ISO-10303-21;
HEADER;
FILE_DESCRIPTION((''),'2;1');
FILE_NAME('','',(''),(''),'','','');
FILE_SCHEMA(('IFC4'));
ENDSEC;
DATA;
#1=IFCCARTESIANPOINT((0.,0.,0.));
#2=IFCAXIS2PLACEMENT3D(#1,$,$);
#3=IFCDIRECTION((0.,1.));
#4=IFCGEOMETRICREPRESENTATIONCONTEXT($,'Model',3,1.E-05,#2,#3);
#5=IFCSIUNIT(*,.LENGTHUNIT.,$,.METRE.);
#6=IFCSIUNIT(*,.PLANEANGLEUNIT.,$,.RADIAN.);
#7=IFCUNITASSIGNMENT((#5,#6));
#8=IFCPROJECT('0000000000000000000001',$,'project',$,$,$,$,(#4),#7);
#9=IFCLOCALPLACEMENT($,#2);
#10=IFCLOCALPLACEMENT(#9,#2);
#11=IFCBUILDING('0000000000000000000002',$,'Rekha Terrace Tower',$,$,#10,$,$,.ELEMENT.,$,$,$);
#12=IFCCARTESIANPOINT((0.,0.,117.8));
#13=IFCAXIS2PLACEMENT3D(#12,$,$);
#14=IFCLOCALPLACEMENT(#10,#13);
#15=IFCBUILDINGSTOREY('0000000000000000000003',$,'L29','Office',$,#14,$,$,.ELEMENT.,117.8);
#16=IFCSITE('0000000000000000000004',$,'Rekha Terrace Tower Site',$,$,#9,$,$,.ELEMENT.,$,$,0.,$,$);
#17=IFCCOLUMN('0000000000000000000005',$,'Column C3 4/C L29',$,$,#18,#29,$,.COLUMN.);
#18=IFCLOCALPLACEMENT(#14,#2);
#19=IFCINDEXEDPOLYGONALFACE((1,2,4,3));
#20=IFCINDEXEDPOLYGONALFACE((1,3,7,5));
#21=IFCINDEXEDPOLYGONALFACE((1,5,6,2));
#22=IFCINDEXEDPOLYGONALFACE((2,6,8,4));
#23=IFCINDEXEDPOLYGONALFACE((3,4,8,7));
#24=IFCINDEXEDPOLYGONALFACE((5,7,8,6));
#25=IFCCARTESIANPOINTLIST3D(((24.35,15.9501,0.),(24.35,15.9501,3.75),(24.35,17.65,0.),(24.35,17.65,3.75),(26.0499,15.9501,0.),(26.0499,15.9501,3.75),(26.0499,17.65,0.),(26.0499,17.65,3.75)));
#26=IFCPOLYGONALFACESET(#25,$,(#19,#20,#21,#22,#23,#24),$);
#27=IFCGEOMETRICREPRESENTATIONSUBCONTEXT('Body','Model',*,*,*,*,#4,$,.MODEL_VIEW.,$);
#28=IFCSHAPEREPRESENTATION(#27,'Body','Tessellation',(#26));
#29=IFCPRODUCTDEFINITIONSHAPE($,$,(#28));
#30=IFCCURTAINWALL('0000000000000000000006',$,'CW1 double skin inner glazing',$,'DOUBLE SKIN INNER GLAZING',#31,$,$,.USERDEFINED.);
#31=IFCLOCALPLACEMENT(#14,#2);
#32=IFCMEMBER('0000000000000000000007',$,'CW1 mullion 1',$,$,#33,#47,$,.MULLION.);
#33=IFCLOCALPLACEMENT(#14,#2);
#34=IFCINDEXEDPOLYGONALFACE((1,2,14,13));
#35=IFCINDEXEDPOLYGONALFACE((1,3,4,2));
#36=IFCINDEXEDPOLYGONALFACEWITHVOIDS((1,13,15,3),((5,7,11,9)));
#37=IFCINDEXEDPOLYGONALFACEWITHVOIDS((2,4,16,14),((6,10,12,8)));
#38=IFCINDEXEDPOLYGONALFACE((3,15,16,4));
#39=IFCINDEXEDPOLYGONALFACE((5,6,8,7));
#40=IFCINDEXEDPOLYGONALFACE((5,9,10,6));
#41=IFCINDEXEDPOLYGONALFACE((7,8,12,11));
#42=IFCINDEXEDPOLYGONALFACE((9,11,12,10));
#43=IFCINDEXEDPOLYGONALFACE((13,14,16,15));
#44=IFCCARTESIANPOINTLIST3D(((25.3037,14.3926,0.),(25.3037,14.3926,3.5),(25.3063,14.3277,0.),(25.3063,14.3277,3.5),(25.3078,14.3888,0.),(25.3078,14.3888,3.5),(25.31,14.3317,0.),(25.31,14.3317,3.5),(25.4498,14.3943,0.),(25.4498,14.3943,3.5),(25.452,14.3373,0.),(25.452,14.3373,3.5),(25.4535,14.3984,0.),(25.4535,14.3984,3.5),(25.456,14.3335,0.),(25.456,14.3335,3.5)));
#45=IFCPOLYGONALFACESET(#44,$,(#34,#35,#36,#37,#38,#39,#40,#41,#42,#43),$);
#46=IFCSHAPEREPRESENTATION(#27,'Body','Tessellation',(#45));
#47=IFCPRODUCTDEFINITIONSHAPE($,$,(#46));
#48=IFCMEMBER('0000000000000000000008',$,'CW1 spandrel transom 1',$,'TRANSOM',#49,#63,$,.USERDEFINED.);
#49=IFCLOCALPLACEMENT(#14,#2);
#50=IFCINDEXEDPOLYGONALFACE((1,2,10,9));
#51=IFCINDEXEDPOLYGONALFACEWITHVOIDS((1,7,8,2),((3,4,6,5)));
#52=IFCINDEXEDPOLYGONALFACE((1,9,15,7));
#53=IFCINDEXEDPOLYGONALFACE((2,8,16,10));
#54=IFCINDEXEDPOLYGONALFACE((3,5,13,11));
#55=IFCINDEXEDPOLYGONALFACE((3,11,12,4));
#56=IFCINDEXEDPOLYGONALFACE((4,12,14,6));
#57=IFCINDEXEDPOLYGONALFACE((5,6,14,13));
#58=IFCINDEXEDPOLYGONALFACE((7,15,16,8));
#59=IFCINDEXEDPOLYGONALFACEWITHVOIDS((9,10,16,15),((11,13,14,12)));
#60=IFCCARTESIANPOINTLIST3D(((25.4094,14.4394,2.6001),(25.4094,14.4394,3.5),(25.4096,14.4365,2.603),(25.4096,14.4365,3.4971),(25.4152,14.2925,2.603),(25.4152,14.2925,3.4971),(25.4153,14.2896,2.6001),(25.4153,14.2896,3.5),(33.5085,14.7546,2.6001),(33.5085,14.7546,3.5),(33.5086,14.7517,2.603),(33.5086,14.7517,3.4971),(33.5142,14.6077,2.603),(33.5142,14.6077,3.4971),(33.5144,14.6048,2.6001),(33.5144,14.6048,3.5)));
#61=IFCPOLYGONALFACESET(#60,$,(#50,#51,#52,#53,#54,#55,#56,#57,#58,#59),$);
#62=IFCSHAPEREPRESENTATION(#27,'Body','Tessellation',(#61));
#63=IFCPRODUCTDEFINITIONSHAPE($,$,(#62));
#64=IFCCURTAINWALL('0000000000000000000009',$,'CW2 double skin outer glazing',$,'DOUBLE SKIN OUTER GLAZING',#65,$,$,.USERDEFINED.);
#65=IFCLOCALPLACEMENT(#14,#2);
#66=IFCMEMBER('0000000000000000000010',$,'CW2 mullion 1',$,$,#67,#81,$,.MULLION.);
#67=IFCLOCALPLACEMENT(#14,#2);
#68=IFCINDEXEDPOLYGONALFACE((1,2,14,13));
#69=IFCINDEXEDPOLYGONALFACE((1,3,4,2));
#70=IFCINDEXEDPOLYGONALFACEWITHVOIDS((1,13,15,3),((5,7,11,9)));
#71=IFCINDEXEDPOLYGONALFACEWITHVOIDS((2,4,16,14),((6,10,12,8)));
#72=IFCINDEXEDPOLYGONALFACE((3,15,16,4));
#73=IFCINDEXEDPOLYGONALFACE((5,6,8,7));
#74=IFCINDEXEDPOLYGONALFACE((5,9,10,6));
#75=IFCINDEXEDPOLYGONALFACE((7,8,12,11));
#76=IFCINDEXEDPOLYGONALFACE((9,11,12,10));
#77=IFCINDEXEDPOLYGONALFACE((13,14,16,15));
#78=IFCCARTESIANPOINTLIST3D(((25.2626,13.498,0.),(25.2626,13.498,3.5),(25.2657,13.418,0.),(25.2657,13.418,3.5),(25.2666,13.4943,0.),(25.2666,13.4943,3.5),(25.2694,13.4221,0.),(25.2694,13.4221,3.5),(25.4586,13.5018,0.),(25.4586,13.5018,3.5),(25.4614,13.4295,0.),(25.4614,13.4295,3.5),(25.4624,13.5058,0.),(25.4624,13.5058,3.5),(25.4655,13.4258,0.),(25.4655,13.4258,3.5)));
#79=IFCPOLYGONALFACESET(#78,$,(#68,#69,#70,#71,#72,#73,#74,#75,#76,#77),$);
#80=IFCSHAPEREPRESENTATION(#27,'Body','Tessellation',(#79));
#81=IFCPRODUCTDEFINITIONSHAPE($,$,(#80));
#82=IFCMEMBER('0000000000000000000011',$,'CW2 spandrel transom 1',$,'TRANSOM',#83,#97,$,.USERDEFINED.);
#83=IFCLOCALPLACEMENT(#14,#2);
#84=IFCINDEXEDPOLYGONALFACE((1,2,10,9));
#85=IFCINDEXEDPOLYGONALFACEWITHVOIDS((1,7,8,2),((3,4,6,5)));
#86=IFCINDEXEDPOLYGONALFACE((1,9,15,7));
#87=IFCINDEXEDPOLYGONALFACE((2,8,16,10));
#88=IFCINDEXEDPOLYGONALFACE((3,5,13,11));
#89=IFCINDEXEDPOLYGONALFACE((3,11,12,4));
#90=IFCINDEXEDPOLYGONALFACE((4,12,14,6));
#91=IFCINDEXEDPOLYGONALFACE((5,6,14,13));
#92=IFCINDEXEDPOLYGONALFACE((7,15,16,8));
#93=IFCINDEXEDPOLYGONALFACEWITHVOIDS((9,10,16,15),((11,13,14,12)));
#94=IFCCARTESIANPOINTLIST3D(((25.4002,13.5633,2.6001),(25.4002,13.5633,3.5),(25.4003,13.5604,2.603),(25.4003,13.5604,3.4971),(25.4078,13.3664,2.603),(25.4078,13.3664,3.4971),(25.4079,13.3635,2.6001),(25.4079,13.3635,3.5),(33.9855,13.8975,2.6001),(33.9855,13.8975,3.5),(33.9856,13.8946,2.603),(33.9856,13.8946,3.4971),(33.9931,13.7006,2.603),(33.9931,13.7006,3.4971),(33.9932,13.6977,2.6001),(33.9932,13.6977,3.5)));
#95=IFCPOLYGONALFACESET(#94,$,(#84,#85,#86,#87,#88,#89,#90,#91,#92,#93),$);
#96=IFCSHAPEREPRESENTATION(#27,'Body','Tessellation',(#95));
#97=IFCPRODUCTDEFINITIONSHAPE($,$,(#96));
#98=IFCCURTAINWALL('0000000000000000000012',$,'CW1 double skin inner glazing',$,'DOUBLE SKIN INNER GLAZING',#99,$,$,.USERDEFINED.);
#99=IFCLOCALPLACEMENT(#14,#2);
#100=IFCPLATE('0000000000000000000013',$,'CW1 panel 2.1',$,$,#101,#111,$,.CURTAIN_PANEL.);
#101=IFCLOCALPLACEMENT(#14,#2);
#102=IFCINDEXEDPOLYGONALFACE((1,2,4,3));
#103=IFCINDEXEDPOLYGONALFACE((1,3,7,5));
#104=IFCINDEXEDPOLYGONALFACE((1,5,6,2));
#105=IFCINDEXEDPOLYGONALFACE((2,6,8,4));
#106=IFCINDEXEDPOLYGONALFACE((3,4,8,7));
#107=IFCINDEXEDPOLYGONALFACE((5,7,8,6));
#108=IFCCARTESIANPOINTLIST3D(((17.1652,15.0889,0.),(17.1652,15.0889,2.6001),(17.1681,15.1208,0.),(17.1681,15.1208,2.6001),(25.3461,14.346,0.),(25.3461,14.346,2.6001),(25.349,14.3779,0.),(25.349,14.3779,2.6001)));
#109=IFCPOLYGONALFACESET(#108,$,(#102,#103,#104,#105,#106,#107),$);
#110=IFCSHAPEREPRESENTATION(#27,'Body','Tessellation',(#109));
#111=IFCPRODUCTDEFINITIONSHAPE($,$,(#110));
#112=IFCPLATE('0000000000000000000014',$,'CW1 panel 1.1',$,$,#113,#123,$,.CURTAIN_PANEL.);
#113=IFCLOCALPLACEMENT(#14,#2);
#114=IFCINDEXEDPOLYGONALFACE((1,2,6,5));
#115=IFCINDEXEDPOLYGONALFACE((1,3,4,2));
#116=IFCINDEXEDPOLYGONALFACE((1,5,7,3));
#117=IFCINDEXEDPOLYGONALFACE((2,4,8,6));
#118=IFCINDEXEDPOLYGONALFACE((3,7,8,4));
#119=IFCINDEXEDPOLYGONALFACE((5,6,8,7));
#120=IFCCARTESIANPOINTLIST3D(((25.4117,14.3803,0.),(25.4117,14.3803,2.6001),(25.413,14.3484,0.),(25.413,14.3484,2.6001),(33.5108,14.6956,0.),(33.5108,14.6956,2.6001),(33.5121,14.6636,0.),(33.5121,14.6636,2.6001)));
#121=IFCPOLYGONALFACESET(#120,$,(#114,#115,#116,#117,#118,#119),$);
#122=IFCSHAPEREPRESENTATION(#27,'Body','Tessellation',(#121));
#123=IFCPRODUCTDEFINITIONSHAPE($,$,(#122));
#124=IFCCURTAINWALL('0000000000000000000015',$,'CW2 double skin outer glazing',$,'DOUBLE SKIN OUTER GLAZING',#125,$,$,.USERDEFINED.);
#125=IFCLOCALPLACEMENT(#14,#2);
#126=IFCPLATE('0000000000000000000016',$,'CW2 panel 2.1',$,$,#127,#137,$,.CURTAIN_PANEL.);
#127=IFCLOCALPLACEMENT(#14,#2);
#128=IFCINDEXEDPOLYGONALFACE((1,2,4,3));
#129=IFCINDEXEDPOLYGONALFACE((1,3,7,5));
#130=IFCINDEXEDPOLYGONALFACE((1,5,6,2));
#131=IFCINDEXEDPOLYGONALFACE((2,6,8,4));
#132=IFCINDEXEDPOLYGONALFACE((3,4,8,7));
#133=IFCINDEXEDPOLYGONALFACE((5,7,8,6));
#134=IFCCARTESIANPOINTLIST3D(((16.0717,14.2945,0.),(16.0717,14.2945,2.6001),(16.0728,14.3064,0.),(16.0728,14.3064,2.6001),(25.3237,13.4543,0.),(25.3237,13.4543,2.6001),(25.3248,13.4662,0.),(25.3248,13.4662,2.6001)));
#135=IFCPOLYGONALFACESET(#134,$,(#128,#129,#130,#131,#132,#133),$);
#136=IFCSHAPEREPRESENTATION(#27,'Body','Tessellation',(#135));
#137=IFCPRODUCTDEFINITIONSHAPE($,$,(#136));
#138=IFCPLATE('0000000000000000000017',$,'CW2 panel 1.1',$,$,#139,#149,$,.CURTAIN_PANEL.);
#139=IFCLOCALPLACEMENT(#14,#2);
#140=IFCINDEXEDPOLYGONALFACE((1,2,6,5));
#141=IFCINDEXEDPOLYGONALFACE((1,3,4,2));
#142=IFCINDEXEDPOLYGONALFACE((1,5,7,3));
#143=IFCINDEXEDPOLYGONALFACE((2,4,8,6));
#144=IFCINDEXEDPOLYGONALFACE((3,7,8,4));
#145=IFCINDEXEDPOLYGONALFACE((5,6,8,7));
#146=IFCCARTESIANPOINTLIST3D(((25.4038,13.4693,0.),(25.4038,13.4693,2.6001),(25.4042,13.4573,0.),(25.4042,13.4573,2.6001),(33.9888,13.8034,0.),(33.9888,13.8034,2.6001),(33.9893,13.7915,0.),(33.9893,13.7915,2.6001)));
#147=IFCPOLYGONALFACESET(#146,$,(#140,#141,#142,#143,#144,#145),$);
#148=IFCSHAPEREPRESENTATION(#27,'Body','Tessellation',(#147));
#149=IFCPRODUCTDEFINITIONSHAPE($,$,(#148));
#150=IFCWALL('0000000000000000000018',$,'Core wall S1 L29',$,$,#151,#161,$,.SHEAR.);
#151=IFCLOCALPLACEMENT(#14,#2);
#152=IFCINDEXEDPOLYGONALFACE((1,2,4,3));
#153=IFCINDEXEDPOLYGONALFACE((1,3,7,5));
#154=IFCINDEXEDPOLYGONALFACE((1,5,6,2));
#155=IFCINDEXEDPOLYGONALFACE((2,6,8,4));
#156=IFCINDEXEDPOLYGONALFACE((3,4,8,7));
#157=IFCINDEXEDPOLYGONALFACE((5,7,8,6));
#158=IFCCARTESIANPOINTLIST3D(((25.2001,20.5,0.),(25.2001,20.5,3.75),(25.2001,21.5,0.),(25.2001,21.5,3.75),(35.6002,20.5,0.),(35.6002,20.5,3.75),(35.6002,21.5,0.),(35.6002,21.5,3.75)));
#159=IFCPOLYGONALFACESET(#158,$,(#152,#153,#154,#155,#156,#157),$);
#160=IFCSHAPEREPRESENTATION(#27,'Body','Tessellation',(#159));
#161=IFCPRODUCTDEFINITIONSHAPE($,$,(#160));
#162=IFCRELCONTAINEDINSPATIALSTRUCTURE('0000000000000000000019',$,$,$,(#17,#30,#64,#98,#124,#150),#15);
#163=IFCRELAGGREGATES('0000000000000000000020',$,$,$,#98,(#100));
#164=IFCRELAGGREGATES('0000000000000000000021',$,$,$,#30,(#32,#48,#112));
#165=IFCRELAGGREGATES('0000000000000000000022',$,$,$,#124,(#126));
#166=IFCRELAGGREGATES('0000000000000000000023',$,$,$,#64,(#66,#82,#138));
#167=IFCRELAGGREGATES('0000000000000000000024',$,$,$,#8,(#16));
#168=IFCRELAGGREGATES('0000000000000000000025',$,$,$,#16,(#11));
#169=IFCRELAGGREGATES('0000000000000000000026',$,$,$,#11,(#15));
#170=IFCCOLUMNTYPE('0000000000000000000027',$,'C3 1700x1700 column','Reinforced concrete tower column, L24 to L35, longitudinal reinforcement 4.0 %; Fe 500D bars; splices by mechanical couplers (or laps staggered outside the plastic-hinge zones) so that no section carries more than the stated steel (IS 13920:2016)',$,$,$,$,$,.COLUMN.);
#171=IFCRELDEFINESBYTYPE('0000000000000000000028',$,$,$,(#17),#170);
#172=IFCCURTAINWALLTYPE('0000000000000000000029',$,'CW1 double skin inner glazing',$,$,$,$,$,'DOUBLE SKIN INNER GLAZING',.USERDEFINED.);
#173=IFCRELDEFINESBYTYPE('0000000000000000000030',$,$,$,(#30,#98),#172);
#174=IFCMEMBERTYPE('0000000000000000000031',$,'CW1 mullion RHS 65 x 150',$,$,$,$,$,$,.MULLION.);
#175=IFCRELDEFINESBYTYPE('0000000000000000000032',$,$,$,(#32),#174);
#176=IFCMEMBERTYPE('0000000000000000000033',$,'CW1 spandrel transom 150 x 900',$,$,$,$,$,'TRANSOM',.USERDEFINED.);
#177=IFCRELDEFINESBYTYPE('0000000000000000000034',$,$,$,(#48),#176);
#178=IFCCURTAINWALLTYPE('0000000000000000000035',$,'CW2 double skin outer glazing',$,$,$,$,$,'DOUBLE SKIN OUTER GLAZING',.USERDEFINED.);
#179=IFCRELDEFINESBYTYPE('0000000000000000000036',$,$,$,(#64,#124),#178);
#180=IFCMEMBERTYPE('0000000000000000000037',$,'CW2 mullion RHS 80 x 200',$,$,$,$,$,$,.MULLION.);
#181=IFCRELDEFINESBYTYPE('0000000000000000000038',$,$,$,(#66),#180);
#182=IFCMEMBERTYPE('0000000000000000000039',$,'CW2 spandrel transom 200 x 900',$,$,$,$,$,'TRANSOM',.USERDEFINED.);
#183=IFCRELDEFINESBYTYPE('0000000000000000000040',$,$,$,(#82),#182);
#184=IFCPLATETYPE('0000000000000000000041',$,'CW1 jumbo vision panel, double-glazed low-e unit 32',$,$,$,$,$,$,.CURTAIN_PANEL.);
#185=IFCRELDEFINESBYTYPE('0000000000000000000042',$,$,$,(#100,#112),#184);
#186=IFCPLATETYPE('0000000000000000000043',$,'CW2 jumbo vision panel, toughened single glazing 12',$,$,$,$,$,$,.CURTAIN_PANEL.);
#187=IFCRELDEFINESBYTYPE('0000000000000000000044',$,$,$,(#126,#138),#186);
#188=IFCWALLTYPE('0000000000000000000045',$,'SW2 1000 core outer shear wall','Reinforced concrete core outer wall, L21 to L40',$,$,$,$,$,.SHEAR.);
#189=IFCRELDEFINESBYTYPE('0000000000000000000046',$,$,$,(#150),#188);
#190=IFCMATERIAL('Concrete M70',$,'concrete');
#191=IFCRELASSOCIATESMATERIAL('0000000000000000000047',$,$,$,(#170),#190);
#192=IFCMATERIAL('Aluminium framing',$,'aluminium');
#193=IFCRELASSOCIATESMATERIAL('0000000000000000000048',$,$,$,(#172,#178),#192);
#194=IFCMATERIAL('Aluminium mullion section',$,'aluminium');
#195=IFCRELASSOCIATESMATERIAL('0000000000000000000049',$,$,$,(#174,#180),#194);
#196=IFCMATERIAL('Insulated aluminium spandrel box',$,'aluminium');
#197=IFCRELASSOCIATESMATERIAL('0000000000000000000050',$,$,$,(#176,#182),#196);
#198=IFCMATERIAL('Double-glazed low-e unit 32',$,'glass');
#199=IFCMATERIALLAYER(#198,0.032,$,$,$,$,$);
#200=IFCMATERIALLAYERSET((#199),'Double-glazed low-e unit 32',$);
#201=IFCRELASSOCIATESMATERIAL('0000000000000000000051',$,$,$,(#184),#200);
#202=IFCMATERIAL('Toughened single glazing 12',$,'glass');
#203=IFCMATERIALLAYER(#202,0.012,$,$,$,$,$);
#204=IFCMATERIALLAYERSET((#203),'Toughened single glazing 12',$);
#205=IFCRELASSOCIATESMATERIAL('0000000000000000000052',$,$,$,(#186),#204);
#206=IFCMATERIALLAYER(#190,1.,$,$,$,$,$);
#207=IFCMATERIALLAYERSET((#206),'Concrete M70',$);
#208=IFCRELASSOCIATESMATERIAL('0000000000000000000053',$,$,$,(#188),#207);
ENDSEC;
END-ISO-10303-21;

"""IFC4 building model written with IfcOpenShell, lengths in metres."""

from ifc_helpers import new_model, si_unit, direction, frame, frame_2d, origin, origin_2d, place, context, subcontext, project, spatial, rectangle, hollow_rectangle, extrude, material, layer, layer_set, material_profile, profile_set, type_object, element, aggregate, save


model = new_model("IFC4")

# Units and contexts
model_context = context("Model", 3, precision=1e-05, world=origin(), true_north=direction((0.0, 1.0)))
body_context = subcontext(model_context, "Body", "Model", "MODEL_VIEW")
ifc_project = project(units=[si_unit("LENGTHUNIT", "METRE"), si_unit("PLANEANGLEUNIT", "RADIAN")], contexts=[model_context])

# Site, building, storey
site_placement = place(None, origin())
site = spatial("IfcSite", under=ifc_project, at=site_placement, Name="Rekha Terrace Tower Site", CompositionType="ELEMENT", RefElevation=0.0)
building_placement = place(site_placement, origin())
building = spatial("IfcBuilding", under=site, at=building_placement, Name="Rekha Terrace Tower", CompositionType="ELEMENT")
storey_placement = place(building_placement, frame((0.0, 0.0, 117.8)))
storey = spatial("IfcBuildingStorey", under=building, at=storey_placement, Name="L29", Description="Office", CompositionType="ELEMENT", Elevation=117.8)

# Column
ifc_material_1 = material(Name="Concrete M70", Category="concrete")
ifc_material_profile_1 = material_profile(ifc_material_1, rectangle(XDim=1.7, YDim=1.7, at=origin_2d()), Name="RC 1700x1700")
ifc_profile_set_1 = profile_set([ifc_material_profile_1], Name="Concrete M70")
column_type = type_object("IfcColumnType", Name="C3 1700x1700 column", Description="Reinforced concrete tower column, L24 to L35, longitudinal reinforcement 4.0 %; Fe 500D bars; splices by mechanical couplers (or laps staggered outside the plastic-hinge zones) so that no section carries more than the stated steel (IS 13920:2016)", PredefinedType="COLUMN", material=ifc_profile_set_1)
column_placement = place(storey_placement, frame((25.2, 16.8, 0.0), z_axis=(0.0, 0.0, 1.0), x_axis=(1.0, 0.0, 0.0)))
element("IfcColumn", 1, at=column_placement, inside=storey, type_object=column_type, Name="Column C3 4/C L29", PredefinedType="COLUMN", context=body_context, shape_type="SweptSolid", body=[
    extrude(rectangle(XDim=1.7, YDim=1.7, at=origin_2d()), origin(), (0.0, 0.0, 1.0), 3.75),
])

# Curtain walls, members
ifc_material_2 = material(Name="Aluminium framing", Category="aluminium")
curtain_wall_type_1 = type_object("IfcCurtainWallType", Name="CW1 double skin inner glazing", ElementType="DOUBLE SKIN INNER GLAZING", PredefinedType="USERDEFINED", material=ifc_material_2)
curtain_wall_1_placement = place(storey_placement, origin())
curtain_wall_1 = element("IfcCurtainWall", 2, at=curtain_wall_1_placement, inside=storey, type_object=curtain_wall_type_1, Name="CW1 double skin inner glazing", ObjectType="DOUBLE SKIN INNER GLAZING", PredefinedType="USERDEFINED")
ifc_material_3 = material(Name="Aluminium mullion section", Category="aluminium")
ifc_material_profile_2 = material_profile(ifc_material_3, hollow_rectangle(XDim=0.0649, YDim=0.1499, WallThickness=0.0039, at=origin_2d()), Name="AL RHS 65x150")
ifc_profile_set_2 = profile_set([ifc_material_profile_2], Name="Aluminium mullion section")
member_type_1 = type_object("IfcMemberType", Name="CW1 mullion RHS 65 x 150", PredefinedType="MULLION", material=ifc_profile_set_2)
member_1_placement = place(storey_placement, frame((25.3799, 14.363, 0.0), z_axis=(0.0, 0.0, 1.0), x_axis=(-0.03889, 0.999243, 0.0)))
member_1 = element("IfcMember", 3, at=member_1_placement, type_object=member_type_1, Name="CW1 mullion 1", PredefinedType="MULLION", context=body_context, shape_type="SweptSolid", body=[
    extrude(hollow_rectangle(XDim=0.0649, YDim=0.1499, WallThickness=0.0039, at=origin_2d()), origin(), (0.0, 0.0, 1.0), 3.5),
])
ifc_material_4 = material(Name="Insulated aluminium spandrel box", Category="aluminium")
ifc_material_profile_3 = material_profile(ifc_material_4, hollow_rectangle(XDim=0.1499, YDim=0.8999, WallThickness=0.0029, at=origin_2d()), Name="AL SPANDREL BOX 150x900")
ifc_profile_set_3 = profile_set([ifc_material_profile_3], Name="Insulated aluminium spandrel box")
member_type_2 = type_object("IfcMemberType", Name="CW1 spandrel transom 150 x 900", ElementType="TRANSOM", PredefinedType="USERDEFINED", material=ifc_profile_set_3)
member_2_placement = place(storey_placement, frame((25.4124, 14.3645, 3.05), z_axis=(0.999244, 0.038887, 0.0), x_axis=(-0.038887, 0.999244, 0.0)))
member_2 = element("IfcMember", 4, at=member_2_placement, type_object=member_type_2, Name="CW1 spandrel transom 1", ObjectType="TRANSOM", PredefinedType="USERDEFINED", context=body_context, shape_type="SweptSolid", body=[
    extrude(hollow_rectangle(XDim=0.1499, YDim=0.8999, WallThickness=0.0029, at=origin_2d()), origin(), (0.0, 0.0, 1.0), 8.1052),
])
curtain_wall_type_2 = type_object("IfcCurtainWallType", Name="CW2 double skin outer glazing", ElementType="DOUBLE SKIN OUTER GLAZING", PredefinedType="USERDEFINED", material=ifc_material_2)
curtain_wall_2_placement = place(storey_placement, origin())
curtain_wall_2 = element("IfcCurtainWall", 5, at=curtain_wall_2_placement, inside=storey, type_object=curtain_wall_type_2, Name="CW2 double skin outer glazing", ObjectType="DOUBLE SKIN OUTER GLAZING", PredefinedType="USERDEFINED")
ifc_material_profile_4 = material_profile(ifc_material_3, hollow_rectangle(XDim=0.0801, YDim=0.2, WallThickness=0.0039, at=origin_2d()), Name="AL RHS 80x200")
ifc_profile_set_4 = profile_set([ifc_material_profile_4], Name="Aluminium mullion section")
member_type_3 = type_object("IfcMemberType", Name="CW2 mullion RHS 80 x 200", PredefinedType="MULLION", material=ifc_profile_set_4)
member_3_placement = place(storey_placement, frame((25.364, 13.4619, 0.0), z_axis=(0.0, 0.0, 1.0), x_axis=(-0.03889, 0.999243, 0.0)))
member_3 = element("IfcMember", 6, at=member_3_placement, type_object=member_type_3, Name="CW2 mullion 1", PredefinedType="MULLION", context=body_context, shape_type="SweptSolid", body=[
    extrude(hollow_rectangle(XDim=0.0801, YDim=0.2, WallThickness=0.0039, at=origin_2d()), origin(), (0.0, 0.0, 1.0), 3.5),
])
ifc_material_profile_5 = material_profile(ifc_material_4, hollow_rectangle(XDim=0.2, YDim=0.8999, WallThickness=0.0029, at=origin_2d()), Name="AL SPANDREL BOX 200x900")
ifc_profile_set_5 = profile_set([ifc_material_profile_5], Name="Insulated aluminium spandrel box")
member_type_4 = type_object("IfcMemberType", Name="CW2 spandrel transom 200 x 900", ElementType="TRANSOM", PredefinedType="USERDEFINED", material=ifc_profile_set_5)
member_4_placement = place(storey_placement, frame((25.4041, 13.4634, 3.05), z_axis=(0.999243, 0.038901, 0.0), x_axis=(-0.038901, 0.999243, 0.0)))
member_4 = element("IfcMember", 7, at=member_4_placement, type_object=member_type_4, Name="CW2 spandrel transom 1", ObjectType="TRANSOM", PredefinedType="USERDEFINED", context=body_context, shape_type="SweptSolid", body=[
    extrude(hollow_rectangle(XDim=0.2, YDim=0.8999, WallThickness=0.0029, at=origin_2d()), origin(), (0.0, 0.0, 1.0), 8.5918),
])

# Curtain wall, plate
curtain_wall_3_placement = place(storey_placement, origin())
curtain_wall_3 = element("IfcCurtainWall", 8, at=curtain_wall_3_placement, inside=storey, type_object=curtain_wall_type_1, Name="CW1 double skin inner glazing", ObjectType="DOUBLE SKIN INNER GLAZING", PredefinedType="USERDEFINED")
ifc_material_5 = material(Name="Double-glazed low-e unit 32", Category="glass")
ifc_layer_1 = layer(ifc_material_5, 0.032)
ifc_layer_set_1 = layer_set([ifc_layer_1], Name="Double-glazed low-e unit 32")
plate_type_1 = type_object("IfcPlateType", Name="CW1 jumbo vision panel, double-glazed low-e unit 32", PredefinedType="CURTAIN_PANEL", material=ifc_layer_set_1)
plate_1_placement = place(storey_placement, frame((21.2571, 14.7334, 0.0), z_axis=(0.0, 0.0, 1.0), x_axis=(0.995902, -0.09044, 0.0)))
plate_1 = element("IfcPlate", 9, at=plate_1_placement, type_object=plate_type_1, Name="CW1 panel 2.1", PredefinedType="CURTAIN_PANEL", context=body_context, shape_type="SweptSolid", body=[
    extrude(rectangle(XDim=8.2146, YDim=0.032, at=origin_2d()), origin(), (0.0, 0.0, 1.0), 2.6001),
])
aggregate(curtain_wall_3, [plate_1])

# Plate
plate_2_placement = place(storey_placement, frame((29.4619, 14.522, 0.0), z_axis=(0.0, 0.0, 1.0), x_axis=(0.999243, 0.03889, 0.0)))
plate_2 = element("IfcPlate", 10, at=plate_2_placement, type_object=plate_type_1, Name="CW1 panel 1.1", PredefinedType="CURTAIN_PANEL", context=body_context, shape_type="SweptSolid", body=[
    extrude(rectangle(XDim=8.1052, YDim=0.032, at=origin_2d()), origin(), (0.0, 0.0, 1.0), 2.6001),
])
aggregate(curtain_wall_1, [member_1, member_2, plate_2])

# Curtain wall, plate
curtain_wall_4_placement = place(storey_placement, origin())
curtain_wall_4 = element("IfcCurtainWall", 11, at=curtain_wall_4_placement, inside=storey, type_object=curtain_wall_type_2, Name="CW2 double skin outer glazing", ObjectType="DOUBLE SKIN OUTER GLAZING", PredefinedType="USERDEFINED")
ifc_material_6 = material(Name="Toughened single glazing 12", Category="glass")
ifc_layer_2 = layer(ifc_material_6, 0.012)
ifc_layer_set_2 = layer_set([ifc_layer_2], Name="Toughened single glazing 12")
plate_type_2 = type_object("IfcPlateType", Name="CW2 jumbo vision panel, toughened single glazing 12", PredefinedType="CURTAIN_PANEL", material=ifc_layer_set_2)
plate_3_placement = place(storey_placement, frame((20.6982, 13.8804, 0.0), z_axis=(0.0, 0.0, 1.0), x_axis=(0.995902, -0.09044, 0.0)))
plate_3 = element("IfcPlate", 12, at=plate_3_placement, type_object=plate_type_2, Name="CW2 panel 2.1", PredefinedType="CURTAIN_PANEL", context=body_context, shape_type="SweptSolid", body=[
    extrude(rectangle(XDim=9.29, YDim=0.012, at=origin_2d()), origin(), (0.0, 0.0, 1.0), 2.6001),
])
aggregate(curtain_wall_4, [plate_3])

# Plate
plate_4_placement = place(storey_placement, frame((29.6965, 13.6304, 0.0), z_axis=(0.0, 0.0, 1.0), x_axis=(0.999243, 0.03889, 0.0)))
plate_4 = element("IfcPlate", 13, at=plate_4_placement, type_object=plate_type_2, Name="CW2 panel 1.1", PredefinedType="CURTAIN_PANEL", context=body_context, shape_type="SweptSolid", body=[
    extrude(rectangle(XDim=8.5916, YDim=0.012, at=origin_2d()), origin(), (0.0, 0.0, 1.0), 2.6001),
])
aggregate(curtain_wall_2, [member_3, member_4, plate_4])

# Wall
ifc_layer_3 = layer(ifc_material_1, 1.0)
ifc_layer_set_3 = layer_set([ifc_layer_3], Name="Concrete M70")
wall_type_1 = type_object("IfcWallType", Name="SW2 1000 core outer shear wall", Description="Reinforced concrete core outer wall, L21 to L40", PredefinedType="SHEAR", material=ifc_layer_set_3)
wall_1_placement = place(storey_placement, frame((25.2, 21.0, 0.0), z_axis=(0.0, 0.0, 1.0), x_axis=(1.0, 0.0, 0.0)))
element("IfcWall", 14, at=wall_1_placement, inside=storey, type_object=wall_type_1, Name="Core wall S1 L29", PredefinedType="SHEAR", context=body_context, shape_type="SweptSolid", body=[
    extrude(rectangle(XDim=10.4001, YDim=1.0, at=frame_2d((5.2002, 0.0))), origin(), (0.0, 0.0, 1.0), 3.75),
])

save(model, "model.ifc")
